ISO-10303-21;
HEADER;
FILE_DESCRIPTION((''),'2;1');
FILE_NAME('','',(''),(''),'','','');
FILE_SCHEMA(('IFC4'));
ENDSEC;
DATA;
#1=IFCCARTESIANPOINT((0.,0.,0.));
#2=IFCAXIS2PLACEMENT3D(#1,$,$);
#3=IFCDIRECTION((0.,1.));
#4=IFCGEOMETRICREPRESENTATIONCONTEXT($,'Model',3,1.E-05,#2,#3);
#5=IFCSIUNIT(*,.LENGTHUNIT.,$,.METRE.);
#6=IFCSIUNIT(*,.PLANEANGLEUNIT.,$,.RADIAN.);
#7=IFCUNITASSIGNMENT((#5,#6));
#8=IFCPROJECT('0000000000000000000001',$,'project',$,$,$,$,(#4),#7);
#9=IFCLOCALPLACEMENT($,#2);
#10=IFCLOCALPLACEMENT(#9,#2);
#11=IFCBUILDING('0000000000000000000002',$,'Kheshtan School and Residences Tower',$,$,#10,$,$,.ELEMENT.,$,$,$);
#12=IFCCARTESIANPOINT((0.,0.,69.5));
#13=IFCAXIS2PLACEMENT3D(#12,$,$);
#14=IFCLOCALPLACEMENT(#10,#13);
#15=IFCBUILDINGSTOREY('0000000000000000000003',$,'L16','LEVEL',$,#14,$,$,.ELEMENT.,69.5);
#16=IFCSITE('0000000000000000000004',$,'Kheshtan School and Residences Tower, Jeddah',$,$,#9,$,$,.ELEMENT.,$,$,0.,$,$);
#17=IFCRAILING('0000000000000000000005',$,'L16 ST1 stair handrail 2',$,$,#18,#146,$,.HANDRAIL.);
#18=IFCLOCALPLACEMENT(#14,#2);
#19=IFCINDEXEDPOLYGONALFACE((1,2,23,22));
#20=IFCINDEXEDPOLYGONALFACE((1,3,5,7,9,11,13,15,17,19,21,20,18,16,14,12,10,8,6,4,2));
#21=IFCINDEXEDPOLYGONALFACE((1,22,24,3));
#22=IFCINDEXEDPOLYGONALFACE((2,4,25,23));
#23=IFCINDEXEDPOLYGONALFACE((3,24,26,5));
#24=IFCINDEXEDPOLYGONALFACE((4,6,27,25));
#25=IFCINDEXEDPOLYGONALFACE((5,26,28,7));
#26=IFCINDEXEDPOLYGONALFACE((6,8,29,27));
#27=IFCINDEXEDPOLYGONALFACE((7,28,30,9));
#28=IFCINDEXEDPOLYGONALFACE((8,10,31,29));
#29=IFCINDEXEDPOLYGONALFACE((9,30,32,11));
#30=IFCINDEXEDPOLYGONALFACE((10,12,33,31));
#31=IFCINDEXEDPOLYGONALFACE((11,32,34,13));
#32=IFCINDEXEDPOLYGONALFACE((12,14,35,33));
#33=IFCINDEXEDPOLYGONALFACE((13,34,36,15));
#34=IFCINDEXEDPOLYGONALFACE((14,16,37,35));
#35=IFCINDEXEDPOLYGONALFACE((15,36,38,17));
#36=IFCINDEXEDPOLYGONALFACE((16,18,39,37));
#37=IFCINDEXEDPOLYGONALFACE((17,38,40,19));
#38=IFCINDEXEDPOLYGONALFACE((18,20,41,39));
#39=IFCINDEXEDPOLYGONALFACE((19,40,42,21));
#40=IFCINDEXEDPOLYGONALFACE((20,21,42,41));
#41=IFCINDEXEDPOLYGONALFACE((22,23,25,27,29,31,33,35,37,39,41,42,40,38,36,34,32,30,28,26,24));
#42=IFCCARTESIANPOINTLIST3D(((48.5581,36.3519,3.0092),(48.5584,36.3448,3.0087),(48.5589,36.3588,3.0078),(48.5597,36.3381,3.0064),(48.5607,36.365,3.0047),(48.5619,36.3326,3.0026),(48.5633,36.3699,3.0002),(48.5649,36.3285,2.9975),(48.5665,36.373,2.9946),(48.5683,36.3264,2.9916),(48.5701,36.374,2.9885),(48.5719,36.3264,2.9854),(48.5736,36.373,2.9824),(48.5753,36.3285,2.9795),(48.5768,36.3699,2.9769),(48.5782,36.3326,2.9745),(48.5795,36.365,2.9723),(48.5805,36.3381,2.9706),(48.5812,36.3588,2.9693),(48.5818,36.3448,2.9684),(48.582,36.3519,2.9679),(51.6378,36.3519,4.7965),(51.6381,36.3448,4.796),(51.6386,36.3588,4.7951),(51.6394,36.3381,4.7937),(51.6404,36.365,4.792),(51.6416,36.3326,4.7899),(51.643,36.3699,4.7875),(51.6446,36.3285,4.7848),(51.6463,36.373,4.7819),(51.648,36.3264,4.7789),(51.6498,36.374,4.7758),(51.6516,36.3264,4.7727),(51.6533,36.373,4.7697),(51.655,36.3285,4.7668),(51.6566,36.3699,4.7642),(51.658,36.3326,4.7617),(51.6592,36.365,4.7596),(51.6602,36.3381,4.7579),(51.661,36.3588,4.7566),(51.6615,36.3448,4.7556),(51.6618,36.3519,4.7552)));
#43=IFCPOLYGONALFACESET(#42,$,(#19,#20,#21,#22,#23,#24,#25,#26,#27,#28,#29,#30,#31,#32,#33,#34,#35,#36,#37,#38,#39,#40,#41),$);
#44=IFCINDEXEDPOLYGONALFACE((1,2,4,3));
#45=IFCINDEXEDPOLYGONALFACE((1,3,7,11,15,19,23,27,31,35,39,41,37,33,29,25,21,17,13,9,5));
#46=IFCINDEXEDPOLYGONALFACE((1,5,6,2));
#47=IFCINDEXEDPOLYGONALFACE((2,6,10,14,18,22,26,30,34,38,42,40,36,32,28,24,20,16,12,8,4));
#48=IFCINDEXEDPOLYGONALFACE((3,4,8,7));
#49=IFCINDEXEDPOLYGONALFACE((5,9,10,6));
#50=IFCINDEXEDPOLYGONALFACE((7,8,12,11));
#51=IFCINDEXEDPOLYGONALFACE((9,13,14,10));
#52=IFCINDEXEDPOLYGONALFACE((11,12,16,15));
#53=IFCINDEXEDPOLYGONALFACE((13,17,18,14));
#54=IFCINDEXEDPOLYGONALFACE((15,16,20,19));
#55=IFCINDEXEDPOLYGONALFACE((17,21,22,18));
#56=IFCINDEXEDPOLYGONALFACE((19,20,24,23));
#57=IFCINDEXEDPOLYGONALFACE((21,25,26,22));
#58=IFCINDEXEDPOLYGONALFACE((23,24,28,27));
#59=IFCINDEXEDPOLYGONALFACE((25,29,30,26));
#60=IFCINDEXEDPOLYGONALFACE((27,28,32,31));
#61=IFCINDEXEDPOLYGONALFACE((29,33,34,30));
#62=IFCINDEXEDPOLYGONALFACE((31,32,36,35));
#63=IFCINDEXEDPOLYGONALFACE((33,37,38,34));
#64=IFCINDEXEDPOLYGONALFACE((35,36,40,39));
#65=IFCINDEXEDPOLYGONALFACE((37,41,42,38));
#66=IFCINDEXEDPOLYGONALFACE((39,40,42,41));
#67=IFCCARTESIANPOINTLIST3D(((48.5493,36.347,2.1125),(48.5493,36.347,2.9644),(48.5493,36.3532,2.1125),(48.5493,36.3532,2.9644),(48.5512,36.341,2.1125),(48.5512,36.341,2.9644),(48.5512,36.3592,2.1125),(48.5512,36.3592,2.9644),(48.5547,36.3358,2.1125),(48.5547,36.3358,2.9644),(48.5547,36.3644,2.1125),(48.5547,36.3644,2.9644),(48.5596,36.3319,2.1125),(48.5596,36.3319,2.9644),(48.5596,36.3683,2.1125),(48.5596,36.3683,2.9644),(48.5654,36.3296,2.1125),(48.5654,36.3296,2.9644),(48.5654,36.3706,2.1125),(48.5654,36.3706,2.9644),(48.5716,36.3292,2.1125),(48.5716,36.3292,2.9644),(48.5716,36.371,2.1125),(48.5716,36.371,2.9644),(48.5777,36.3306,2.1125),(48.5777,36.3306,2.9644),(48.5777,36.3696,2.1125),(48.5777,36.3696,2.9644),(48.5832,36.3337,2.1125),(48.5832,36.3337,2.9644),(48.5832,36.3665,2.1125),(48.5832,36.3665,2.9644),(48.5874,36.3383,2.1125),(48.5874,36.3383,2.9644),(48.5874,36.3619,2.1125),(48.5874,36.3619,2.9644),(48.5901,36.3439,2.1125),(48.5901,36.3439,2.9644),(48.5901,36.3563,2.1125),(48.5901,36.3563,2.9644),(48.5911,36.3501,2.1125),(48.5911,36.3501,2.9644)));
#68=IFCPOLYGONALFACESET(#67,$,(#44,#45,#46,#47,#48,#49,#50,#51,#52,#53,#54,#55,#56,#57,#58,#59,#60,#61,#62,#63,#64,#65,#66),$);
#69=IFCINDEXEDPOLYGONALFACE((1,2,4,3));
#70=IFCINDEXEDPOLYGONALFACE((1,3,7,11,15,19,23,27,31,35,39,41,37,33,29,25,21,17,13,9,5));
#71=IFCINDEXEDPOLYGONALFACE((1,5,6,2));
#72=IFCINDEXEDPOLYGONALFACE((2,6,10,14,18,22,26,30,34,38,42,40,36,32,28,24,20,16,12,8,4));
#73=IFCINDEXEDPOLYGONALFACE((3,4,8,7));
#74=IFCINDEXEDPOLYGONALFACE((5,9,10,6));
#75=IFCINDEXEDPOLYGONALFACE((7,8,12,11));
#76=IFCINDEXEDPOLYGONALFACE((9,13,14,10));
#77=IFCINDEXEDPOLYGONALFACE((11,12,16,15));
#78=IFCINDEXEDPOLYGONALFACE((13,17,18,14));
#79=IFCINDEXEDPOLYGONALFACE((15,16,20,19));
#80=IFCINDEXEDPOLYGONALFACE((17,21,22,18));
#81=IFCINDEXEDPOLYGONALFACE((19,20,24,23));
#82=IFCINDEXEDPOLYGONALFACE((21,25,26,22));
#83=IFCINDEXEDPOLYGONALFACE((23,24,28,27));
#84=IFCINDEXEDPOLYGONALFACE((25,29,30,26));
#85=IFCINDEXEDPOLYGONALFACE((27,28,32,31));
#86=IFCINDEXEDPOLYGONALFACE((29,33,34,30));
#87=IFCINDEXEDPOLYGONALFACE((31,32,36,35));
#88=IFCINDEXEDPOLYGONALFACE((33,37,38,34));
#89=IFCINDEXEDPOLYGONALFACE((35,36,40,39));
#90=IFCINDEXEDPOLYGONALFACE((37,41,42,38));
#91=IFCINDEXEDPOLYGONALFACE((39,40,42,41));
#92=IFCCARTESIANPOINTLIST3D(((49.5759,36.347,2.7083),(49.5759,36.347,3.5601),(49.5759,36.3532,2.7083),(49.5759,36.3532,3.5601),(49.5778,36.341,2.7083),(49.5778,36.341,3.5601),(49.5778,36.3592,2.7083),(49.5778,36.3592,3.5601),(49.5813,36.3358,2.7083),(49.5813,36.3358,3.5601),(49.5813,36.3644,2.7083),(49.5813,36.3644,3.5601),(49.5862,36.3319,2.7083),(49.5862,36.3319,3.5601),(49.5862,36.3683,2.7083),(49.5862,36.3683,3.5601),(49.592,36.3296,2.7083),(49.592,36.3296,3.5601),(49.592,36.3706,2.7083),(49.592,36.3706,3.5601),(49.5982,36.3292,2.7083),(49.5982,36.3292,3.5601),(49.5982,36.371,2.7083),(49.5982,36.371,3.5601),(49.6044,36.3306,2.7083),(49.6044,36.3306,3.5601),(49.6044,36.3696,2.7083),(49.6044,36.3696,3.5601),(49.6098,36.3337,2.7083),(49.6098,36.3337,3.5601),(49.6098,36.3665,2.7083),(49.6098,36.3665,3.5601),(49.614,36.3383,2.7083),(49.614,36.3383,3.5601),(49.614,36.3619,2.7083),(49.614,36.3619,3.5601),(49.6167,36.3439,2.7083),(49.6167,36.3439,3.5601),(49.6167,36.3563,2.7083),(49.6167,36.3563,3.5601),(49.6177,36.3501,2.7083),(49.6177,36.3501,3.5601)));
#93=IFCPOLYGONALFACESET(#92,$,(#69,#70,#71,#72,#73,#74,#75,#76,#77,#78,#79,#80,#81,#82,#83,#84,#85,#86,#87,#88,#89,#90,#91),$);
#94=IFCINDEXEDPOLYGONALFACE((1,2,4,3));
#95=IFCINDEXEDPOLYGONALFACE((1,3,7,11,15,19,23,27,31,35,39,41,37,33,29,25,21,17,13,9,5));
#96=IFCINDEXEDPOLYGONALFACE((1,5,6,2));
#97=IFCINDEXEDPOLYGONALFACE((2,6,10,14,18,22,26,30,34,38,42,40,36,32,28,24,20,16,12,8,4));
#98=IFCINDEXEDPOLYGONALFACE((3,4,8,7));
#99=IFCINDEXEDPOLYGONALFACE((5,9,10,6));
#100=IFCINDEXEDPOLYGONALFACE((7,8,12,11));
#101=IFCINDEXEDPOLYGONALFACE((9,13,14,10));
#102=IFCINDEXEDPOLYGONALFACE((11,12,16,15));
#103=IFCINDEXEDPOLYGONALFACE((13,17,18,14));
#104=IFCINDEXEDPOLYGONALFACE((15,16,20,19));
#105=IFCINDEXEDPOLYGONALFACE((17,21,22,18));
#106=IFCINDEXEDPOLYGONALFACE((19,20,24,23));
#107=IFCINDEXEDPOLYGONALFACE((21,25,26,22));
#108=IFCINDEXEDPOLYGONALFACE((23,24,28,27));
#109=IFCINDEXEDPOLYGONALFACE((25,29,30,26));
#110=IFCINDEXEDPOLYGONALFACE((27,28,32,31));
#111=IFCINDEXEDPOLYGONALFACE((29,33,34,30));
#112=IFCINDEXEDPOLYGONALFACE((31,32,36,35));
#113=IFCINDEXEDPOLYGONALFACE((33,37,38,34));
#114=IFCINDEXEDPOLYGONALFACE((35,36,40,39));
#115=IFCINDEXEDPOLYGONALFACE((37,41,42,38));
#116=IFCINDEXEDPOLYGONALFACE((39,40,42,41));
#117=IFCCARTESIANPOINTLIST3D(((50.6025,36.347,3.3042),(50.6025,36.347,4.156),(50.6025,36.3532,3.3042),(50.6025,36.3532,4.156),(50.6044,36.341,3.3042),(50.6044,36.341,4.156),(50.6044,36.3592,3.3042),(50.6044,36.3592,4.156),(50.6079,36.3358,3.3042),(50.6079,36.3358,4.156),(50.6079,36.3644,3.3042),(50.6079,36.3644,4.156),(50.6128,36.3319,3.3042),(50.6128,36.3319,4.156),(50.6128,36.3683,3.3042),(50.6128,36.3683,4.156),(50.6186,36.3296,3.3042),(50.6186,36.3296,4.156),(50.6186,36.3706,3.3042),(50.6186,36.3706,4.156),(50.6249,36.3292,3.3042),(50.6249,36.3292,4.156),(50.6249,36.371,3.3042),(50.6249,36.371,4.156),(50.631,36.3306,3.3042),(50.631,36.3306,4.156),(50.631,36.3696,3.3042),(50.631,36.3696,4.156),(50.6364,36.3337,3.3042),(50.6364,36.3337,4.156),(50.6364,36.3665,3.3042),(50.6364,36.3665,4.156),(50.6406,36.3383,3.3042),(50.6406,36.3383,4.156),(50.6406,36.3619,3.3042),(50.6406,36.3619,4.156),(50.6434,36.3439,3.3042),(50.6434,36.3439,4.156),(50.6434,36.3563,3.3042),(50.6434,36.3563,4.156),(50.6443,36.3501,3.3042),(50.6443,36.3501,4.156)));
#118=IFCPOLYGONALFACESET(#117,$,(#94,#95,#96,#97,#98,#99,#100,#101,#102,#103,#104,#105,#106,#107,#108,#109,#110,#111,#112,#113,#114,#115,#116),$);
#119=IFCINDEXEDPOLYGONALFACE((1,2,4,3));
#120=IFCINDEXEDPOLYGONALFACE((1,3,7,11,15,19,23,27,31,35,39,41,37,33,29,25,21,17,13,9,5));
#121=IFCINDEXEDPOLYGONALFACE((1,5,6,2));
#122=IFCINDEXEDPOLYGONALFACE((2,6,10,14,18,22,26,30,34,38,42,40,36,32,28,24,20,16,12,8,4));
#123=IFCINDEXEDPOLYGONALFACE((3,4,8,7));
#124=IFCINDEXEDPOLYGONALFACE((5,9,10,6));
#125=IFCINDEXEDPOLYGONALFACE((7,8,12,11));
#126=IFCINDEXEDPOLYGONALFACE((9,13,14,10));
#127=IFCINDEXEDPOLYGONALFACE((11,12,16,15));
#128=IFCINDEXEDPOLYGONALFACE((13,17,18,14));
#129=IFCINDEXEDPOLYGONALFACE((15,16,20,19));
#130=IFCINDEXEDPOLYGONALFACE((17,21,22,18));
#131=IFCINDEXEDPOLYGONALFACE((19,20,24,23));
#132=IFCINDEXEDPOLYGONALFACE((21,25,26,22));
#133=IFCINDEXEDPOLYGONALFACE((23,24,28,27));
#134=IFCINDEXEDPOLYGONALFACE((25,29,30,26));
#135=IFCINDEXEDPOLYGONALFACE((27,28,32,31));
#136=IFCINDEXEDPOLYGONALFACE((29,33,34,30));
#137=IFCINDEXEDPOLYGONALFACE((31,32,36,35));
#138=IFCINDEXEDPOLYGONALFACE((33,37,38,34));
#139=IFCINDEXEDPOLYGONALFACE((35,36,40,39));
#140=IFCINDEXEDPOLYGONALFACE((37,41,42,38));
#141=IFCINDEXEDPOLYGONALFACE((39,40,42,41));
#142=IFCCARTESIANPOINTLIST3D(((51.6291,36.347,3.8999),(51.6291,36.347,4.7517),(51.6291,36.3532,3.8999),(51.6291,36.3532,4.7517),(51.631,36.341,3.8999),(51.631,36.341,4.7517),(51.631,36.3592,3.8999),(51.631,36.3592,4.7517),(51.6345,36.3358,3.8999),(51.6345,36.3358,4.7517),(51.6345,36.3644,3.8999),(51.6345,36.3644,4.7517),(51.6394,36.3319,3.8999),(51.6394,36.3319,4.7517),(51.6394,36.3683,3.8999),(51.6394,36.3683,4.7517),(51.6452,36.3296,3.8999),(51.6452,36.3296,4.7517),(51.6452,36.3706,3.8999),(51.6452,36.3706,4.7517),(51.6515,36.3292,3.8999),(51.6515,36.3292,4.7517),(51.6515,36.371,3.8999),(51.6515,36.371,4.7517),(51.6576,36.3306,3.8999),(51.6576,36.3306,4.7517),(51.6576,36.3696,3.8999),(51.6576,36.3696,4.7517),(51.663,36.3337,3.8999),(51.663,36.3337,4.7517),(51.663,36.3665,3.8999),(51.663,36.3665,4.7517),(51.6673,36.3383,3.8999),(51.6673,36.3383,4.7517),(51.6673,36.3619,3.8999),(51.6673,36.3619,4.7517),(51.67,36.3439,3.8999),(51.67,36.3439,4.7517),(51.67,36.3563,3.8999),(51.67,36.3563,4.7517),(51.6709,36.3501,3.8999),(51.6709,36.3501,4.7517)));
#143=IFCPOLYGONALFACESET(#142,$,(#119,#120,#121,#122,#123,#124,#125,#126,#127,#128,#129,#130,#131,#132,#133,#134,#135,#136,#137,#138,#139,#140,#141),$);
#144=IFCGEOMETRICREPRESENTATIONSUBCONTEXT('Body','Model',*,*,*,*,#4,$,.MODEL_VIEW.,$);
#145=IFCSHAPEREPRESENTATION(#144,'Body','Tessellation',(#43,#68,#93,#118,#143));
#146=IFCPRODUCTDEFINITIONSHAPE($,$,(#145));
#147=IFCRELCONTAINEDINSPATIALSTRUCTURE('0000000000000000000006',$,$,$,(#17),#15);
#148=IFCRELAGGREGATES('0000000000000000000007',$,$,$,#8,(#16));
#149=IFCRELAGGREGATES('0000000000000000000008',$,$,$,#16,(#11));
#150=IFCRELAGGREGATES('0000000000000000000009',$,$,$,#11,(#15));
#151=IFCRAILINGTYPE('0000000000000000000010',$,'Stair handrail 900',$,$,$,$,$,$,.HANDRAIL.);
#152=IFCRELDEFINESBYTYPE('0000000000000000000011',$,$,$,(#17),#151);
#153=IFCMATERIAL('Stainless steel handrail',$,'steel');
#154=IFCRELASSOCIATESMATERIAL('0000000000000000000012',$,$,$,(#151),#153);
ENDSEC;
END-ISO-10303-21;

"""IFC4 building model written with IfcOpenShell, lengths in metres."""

from ifc_helpers import new_model, si_unit, direction, frame, origin, origin_2d, place, context, subcontext, project, spatial, circle, extrude, material, type_object, element, save


model = new_model("IFC4")

# Units and contexts
model_context = context("Model", 3, precision=1e-05, world=origin(), true_north=direction((0.0, 1.0)))
body_context = subcontext(model_context, "Body", "Model", "MODEL_VIEW")
ifc_project = project(units=[si_unit("LENGTHUNIT", "METRE"), si_unit("PLANEANGLEUNIT", "RADIAN")], contexts=[model_context])

# Site, building, storey
site_placement = place(None, origin())
site = spatial("IfcSite", under=ifc_project, at=site_placement, Name="Kheshtan School and Residences Tower, Jeddah", CompositionType="ELEMENT", RefElevation=0.0)
building_placement = place(site_placement, origin())
building = spatial("IfcBuilding", under=site, at=building_placement, Name="Kheshtan School and Residences Tower", CompositionType="ELEMENT")
storey_placement = place(building_placement, frame((0.0, 0.0, 69.5)))
storey = spatial("IfcBuildingStorey", under=building, at=storey_placement, Name="L16", Description="LEVEL", CompositionType="ELEMENT", Elevation=69.5)

# Railing
ifc_material_1 = material(Name="Stainless steel handrail", Category="steel")
railing_type_1 = type_object("IfcRailingType", Name="Stair handrail 900", PredefinedType="HANDRAIL", material=ifc_material_1)
railing_1_placement = place(storey_placement, frame((48.5701, 36.3501, 2.1125)))
element("IfcRailing", 1, at=railing_1_placement, inside=storey, type_object=railing_type_1, Name="L16 ST1 stair handrail 2", PredefinedType="HANDRAIL", context=body_context, shape_type="SweptSolid", body=[
    extrude(circle(Radius=0.0239, at=origin_2d()), frame((0.0, 0.0, 0.876), z_axis=(0.864903, 0.0, 0.501939), x_axis=(0.0, 1.0, 0.0)), (0.0, 0.0, 1.0), 3.5608),
    extrude(circle(Radius=0.021, at=origin_2d()), origin(), (0.0, 0.0, 1.0), 0.8518),
    extrude(circle(Radius=0.021, at=origin_2d()), frame((1.0266, 0.0, 0.5957)), (0.0, 0.0, 1.0), 0.8518),
    extrude(circle(Radius=0.021, at=origin_2d()), frame((2.0532, 0.0, 1.1917)), (0.0, 0.0, 1.0), 0.8518),
    extrude(circle(Radius=0.021, at=origin_2d()), frame((3.0798, 0.0, 1.7874)), (0.0, 0.0, 1.0), 0.8518),
])

save(model, "model.ifc")
